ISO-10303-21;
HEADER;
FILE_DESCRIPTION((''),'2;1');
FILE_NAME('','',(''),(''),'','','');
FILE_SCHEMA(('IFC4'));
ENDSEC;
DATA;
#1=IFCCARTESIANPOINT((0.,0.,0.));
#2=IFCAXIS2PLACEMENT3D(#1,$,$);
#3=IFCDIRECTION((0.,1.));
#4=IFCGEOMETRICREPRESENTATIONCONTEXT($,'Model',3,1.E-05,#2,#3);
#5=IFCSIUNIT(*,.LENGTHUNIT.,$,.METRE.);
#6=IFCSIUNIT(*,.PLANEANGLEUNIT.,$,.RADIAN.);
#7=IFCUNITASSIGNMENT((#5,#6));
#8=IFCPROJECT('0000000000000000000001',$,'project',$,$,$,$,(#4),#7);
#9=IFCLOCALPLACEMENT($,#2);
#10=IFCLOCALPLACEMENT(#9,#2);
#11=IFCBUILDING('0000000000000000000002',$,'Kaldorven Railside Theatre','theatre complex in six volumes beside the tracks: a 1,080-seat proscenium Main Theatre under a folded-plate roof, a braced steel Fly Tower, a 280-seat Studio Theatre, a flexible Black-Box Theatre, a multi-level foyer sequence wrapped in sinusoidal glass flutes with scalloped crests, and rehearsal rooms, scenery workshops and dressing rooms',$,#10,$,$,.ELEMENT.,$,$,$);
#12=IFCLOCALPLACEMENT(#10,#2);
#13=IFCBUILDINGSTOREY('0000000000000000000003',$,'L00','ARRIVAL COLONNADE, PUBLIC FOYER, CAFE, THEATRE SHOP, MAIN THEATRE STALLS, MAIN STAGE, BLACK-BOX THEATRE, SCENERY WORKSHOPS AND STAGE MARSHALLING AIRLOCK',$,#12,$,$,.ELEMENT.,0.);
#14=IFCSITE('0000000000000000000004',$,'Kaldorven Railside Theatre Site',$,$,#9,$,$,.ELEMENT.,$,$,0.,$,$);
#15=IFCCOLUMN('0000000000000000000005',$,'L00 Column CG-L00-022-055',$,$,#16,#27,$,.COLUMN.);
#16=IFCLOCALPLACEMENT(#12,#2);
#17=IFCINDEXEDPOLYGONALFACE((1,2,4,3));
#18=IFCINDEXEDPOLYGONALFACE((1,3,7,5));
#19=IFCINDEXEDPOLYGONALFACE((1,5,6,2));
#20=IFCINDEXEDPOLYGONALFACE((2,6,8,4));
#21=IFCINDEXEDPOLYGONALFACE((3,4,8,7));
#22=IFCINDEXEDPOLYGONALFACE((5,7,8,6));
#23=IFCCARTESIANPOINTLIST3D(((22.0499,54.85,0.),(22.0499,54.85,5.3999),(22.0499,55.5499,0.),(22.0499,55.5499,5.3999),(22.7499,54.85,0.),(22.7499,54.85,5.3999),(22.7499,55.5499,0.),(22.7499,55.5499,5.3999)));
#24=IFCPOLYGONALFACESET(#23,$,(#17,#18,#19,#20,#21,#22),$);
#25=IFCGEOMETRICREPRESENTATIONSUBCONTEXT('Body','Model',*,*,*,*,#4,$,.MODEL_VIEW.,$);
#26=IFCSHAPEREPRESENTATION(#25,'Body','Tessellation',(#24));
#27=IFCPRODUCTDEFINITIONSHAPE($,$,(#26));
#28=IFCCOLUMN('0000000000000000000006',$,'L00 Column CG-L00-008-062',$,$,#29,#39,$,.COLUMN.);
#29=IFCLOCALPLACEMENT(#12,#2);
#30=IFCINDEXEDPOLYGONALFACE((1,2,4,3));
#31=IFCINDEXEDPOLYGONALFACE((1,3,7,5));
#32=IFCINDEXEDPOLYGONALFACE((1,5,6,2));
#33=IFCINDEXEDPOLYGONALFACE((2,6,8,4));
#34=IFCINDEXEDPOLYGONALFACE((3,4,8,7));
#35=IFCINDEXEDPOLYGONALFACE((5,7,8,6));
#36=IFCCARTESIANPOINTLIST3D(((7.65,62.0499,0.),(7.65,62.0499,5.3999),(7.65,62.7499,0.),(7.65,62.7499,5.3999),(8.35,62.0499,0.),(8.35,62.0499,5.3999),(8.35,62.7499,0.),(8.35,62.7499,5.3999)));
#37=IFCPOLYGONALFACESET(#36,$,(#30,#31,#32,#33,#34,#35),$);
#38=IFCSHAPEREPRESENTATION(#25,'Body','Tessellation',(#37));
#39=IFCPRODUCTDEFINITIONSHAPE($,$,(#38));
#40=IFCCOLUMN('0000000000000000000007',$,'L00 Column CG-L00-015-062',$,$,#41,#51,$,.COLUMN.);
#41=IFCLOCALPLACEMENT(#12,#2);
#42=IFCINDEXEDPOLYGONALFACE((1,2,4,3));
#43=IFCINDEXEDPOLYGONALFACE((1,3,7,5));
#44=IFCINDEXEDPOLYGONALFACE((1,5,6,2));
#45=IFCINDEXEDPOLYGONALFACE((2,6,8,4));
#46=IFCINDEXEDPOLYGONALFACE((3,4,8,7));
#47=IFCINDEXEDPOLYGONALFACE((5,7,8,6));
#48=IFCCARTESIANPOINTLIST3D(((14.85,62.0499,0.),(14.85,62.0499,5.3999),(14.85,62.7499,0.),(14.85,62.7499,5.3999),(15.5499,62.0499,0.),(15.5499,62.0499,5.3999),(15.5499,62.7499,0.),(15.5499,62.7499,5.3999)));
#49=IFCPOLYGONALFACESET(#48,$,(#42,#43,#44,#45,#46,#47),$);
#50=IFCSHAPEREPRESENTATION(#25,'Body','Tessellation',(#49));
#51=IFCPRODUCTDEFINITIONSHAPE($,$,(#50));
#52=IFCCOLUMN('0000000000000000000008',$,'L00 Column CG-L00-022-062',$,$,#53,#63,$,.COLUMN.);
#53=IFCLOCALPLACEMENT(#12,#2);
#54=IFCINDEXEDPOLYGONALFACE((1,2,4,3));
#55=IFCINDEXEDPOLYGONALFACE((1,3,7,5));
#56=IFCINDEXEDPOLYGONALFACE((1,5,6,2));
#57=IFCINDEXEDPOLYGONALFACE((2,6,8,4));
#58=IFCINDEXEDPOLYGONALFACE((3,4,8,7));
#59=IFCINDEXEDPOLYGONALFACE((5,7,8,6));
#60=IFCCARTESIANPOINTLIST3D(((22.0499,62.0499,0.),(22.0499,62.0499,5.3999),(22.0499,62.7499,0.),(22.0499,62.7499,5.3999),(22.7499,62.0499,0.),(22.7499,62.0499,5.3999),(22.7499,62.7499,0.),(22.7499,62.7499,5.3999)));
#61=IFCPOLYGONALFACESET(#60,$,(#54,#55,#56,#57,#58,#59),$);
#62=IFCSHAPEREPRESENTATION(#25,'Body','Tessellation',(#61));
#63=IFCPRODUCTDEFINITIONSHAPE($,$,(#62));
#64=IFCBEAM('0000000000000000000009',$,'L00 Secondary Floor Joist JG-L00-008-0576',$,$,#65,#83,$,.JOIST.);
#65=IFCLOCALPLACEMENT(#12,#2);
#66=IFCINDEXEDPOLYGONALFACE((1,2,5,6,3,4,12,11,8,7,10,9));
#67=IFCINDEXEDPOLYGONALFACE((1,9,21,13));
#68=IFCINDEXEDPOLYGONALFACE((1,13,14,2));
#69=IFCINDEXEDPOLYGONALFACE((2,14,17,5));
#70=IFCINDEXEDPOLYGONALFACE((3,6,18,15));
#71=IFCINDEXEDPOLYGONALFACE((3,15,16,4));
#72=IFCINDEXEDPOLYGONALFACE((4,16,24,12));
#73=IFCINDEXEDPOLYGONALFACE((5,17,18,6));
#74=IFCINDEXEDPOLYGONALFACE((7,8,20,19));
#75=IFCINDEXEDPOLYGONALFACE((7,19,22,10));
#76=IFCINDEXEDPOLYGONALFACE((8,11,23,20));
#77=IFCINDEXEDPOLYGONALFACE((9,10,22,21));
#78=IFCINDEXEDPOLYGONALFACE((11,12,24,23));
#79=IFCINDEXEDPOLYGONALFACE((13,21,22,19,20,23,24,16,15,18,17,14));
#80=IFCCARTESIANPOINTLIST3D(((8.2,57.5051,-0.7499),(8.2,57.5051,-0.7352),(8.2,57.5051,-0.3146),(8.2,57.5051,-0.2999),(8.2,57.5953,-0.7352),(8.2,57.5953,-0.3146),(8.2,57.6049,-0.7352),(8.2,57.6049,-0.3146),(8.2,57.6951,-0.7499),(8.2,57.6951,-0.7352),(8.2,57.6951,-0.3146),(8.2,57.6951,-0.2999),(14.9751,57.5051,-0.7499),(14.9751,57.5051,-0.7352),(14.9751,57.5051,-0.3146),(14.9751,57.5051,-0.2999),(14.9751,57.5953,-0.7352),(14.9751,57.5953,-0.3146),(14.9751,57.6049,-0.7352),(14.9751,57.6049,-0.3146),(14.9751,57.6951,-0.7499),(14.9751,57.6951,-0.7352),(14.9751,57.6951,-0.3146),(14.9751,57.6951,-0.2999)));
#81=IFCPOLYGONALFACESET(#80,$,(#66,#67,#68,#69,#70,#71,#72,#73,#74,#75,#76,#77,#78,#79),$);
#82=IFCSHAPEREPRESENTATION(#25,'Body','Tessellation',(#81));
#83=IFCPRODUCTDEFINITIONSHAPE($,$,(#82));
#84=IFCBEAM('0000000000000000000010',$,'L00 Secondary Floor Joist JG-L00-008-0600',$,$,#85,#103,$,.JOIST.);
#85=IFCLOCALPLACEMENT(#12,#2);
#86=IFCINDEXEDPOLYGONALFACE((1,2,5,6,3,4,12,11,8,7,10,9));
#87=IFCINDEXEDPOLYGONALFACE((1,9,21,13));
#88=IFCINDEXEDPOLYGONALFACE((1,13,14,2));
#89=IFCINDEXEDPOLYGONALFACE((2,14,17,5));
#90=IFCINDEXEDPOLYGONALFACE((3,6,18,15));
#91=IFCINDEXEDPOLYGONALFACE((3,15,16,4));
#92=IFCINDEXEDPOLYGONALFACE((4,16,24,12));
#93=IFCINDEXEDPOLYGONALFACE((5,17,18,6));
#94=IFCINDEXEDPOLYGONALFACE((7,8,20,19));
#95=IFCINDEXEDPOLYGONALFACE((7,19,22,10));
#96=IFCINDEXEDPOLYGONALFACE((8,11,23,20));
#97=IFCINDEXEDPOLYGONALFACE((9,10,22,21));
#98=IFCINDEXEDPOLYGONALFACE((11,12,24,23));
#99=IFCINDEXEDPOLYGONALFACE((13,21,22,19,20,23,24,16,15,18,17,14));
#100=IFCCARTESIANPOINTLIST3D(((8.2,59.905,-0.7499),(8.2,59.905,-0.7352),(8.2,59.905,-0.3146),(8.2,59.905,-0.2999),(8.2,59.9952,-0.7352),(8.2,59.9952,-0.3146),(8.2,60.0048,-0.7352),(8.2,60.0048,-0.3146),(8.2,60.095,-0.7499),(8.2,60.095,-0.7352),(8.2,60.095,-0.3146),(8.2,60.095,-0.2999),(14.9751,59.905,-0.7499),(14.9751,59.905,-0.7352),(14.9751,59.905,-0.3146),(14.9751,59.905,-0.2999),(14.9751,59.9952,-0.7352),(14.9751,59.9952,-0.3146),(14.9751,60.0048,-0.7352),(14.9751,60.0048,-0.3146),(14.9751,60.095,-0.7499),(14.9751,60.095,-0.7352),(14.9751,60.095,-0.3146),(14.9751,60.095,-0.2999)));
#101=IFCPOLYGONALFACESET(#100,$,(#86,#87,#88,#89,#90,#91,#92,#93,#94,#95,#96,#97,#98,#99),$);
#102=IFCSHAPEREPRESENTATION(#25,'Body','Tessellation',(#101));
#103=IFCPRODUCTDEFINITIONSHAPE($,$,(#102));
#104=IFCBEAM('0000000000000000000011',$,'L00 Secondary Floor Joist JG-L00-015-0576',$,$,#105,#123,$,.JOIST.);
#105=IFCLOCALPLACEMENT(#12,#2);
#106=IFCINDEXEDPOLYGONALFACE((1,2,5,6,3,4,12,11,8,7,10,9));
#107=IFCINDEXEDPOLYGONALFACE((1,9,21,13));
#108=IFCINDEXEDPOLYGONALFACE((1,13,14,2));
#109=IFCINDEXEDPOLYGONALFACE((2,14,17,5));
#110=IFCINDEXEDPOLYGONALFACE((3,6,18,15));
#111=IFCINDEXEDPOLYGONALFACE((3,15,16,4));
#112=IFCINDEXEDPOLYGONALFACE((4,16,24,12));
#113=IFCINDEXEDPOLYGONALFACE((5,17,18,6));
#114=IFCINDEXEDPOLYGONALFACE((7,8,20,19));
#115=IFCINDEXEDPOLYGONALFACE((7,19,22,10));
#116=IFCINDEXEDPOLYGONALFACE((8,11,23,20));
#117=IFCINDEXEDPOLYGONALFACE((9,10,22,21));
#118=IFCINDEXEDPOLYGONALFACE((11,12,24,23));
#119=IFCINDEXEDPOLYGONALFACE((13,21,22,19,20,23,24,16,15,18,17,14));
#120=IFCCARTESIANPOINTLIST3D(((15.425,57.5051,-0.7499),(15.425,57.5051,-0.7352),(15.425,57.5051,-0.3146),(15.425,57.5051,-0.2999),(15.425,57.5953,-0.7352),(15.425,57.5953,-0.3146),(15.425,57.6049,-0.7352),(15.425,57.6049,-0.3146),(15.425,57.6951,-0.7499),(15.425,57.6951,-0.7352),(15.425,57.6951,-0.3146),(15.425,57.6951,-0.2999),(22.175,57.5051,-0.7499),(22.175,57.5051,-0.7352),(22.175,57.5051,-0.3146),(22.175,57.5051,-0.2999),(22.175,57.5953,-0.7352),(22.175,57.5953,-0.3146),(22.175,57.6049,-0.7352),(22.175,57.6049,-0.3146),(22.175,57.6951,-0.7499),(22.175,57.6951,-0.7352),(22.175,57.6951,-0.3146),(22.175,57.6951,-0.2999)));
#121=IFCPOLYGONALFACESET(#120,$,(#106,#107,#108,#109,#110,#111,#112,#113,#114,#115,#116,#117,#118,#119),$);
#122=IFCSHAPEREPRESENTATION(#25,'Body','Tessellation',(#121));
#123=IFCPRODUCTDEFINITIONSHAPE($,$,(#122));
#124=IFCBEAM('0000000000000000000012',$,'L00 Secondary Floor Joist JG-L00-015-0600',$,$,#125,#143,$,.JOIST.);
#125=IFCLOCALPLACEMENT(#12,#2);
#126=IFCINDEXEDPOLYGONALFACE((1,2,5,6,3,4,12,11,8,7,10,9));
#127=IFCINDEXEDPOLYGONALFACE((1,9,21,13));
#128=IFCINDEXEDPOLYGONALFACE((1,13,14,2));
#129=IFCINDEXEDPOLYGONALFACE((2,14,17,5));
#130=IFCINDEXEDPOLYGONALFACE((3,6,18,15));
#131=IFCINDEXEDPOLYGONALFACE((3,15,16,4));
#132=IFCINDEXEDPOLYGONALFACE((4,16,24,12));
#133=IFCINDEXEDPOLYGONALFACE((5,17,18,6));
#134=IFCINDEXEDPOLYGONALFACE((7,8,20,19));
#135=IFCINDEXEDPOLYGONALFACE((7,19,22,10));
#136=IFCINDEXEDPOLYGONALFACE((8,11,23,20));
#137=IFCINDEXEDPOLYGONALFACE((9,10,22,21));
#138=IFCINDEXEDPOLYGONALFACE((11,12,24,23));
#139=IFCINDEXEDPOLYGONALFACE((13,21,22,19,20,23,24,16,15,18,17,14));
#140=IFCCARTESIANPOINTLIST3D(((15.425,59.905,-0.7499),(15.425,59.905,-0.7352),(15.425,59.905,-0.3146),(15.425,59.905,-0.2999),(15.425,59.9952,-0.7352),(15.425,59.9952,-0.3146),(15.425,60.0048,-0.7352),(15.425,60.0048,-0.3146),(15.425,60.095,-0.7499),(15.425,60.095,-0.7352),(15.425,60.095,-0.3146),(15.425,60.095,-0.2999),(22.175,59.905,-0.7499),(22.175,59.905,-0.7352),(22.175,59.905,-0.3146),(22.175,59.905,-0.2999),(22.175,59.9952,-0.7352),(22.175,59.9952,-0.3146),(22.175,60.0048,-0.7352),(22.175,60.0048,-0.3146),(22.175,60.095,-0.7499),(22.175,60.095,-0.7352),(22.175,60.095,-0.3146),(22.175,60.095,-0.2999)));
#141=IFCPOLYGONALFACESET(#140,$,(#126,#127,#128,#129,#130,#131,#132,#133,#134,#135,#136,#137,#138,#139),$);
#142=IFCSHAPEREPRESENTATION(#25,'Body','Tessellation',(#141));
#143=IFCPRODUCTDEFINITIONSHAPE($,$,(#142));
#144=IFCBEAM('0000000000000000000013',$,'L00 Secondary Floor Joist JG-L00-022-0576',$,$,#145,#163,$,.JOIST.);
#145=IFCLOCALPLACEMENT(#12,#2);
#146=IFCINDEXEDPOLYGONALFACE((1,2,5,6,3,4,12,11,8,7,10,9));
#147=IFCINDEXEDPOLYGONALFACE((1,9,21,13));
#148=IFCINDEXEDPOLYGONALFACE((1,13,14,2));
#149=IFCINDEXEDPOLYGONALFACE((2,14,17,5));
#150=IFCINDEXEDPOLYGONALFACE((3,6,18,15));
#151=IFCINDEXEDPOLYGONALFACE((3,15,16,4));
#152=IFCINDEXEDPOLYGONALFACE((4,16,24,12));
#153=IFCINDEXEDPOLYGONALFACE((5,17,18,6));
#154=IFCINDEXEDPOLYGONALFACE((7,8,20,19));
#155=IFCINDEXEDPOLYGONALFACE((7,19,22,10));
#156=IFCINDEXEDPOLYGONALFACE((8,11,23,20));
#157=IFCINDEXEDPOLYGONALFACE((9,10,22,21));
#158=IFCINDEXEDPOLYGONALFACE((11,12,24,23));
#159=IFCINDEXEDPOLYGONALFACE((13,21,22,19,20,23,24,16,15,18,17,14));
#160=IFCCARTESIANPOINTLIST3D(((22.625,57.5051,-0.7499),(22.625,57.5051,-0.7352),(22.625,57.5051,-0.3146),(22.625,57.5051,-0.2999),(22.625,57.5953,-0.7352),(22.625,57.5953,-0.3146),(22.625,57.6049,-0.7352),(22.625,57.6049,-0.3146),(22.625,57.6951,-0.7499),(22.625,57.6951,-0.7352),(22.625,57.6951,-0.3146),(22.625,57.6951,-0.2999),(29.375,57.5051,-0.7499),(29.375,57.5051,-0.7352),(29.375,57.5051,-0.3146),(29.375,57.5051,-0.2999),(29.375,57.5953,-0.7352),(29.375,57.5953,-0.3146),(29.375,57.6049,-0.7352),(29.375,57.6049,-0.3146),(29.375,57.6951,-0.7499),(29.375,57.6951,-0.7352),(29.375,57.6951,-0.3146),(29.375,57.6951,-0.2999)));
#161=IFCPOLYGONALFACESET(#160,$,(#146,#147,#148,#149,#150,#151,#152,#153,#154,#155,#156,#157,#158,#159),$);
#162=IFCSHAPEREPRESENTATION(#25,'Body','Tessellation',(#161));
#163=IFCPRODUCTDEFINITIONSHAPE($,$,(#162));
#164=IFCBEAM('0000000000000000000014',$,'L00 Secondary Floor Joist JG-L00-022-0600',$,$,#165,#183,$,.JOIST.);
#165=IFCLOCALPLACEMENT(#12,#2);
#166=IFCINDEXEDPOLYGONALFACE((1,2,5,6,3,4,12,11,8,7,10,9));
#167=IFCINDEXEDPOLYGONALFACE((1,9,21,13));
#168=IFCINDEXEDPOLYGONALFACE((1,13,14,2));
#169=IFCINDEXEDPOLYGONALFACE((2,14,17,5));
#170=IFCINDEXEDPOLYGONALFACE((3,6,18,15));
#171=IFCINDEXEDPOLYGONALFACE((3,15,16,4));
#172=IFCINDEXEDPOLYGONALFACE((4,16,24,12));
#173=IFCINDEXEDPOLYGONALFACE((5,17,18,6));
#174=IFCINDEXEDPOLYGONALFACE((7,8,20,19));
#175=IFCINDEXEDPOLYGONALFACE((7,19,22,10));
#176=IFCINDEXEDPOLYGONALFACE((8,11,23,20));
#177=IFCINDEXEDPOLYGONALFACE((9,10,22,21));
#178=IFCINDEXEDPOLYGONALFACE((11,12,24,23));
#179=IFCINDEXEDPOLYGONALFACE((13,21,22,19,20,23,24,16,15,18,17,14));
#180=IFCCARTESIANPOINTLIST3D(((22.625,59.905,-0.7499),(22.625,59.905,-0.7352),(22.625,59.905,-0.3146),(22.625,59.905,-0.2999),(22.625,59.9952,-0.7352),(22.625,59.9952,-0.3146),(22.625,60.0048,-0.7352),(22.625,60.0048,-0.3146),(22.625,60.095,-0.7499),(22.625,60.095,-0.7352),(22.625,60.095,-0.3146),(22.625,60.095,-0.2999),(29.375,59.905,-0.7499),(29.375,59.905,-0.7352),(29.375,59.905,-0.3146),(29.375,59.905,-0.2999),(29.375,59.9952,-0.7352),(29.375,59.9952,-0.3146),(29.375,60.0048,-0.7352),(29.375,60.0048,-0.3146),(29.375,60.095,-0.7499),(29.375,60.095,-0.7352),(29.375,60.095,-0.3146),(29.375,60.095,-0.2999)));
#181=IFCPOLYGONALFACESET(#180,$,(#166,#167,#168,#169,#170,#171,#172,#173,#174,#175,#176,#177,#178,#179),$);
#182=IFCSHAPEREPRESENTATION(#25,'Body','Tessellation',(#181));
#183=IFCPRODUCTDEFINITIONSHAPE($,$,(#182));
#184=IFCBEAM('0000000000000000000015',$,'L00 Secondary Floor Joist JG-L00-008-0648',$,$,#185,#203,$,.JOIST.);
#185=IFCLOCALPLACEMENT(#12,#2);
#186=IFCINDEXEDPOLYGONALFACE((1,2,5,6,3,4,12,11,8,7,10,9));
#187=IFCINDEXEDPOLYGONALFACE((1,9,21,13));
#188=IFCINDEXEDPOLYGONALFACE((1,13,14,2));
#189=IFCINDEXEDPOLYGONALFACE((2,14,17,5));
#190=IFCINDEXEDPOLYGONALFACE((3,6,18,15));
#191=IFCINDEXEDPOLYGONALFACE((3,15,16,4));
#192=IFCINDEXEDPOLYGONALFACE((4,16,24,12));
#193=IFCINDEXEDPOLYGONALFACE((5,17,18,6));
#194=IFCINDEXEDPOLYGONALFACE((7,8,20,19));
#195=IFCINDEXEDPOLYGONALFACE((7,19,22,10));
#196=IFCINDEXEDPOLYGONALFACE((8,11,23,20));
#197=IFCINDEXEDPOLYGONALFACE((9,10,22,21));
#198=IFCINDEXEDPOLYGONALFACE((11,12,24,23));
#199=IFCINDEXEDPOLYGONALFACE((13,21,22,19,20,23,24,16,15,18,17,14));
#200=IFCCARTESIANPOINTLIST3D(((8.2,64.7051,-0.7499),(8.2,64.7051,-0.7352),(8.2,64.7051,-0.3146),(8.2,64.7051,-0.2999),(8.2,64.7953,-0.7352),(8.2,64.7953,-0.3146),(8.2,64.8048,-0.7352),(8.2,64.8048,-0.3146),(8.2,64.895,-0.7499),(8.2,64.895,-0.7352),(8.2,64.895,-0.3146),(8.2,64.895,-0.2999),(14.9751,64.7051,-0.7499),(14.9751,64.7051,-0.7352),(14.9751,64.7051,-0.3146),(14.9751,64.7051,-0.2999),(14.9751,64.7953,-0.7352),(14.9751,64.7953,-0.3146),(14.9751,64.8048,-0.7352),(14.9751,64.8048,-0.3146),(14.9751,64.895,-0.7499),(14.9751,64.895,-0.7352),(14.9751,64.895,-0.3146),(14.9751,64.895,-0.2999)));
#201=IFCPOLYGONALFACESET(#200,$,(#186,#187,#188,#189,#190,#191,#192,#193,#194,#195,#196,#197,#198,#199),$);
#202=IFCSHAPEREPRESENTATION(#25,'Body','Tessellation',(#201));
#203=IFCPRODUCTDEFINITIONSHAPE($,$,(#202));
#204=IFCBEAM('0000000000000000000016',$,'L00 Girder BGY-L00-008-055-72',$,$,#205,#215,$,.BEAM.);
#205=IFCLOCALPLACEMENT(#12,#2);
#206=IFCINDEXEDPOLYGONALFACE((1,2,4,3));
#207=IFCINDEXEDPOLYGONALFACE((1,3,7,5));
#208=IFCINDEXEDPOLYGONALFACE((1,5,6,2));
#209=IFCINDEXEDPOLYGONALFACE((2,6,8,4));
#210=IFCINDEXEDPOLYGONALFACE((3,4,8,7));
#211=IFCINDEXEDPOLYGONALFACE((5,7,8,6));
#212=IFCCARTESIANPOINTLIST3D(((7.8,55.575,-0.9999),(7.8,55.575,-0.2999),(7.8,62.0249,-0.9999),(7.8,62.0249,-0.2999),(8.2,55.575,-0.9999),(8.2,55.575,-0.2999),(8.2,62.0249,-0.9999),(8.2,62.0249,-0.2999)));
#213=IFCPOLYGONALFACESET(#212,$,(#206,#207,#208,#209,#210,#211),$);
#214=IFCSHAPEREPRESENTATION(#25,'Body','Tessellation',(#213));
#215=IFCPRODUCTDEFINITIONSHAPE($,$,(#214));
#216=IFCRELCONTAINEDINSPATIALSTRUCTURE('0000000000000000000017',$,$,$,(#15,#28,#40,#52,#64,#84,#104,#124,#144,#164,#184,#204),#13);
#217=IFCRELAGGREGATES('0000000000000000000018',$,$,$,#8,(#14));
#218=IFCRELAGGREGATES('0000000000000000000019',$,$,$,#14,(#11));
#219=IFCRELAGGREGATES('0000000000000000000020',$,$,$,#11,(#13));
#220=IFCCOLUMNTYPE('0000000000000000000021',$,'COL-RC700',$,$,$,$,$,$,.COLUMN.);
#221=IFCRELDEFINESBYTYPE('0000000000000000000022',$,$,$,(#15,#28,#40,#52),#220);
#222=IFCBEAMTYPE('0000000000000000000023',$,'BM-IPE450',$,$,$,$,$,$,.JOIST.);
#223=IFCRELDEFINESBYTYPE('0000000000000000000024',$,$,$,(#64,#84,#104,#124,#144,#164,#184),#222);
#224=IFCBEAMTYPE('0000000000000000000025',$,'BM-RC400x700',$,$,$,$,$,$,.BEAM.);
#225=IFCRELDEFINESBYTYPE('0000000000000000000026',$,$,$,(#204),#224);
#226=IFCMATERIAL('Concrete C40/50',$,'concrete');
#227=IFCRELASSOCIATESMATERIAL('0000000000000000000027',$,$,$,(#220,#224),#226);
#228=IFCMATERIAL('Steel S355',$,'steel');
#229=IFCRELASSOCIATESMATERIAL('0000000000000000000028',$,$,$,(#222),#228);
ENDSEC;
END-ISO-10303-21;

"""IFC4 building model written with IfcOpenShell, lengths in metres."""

from ifc_helpers import new_model, si_unit, direction, frame, origin, origin_2d, place, context, subcontext, project, spatial, rectangle, i_section, extrude, material, material_profile, profile_set, type_object, element, save


model = new_model("IFC4")

# Units and contexts
model_context = context("Model", 3, precision=1e-05, world=origin(), true_north=direction((0.0, 1.0)))
body_context = subcontext(model_context, "Body", "Model", "MODEL_VIEW")
ifc_project = project(units=[si_unit("LENGTHUNIT", "METRE"), si_unit("PLANEANGLEUNIT", "RADIAN")], contexts=[model_context])

# Site, building, storey
site_placement = place(None, origin())
site = spatial("IfcSite", under=ifc_project, at=site_placement, Name="Kaldorven Railside Theatre Site", CompositionType="ELEMENT", RefElevation=0.0)
building_placement = place(site_placement, origin())
building = spatial("IfcBuilding", under=site, at=building_placement, Name="Kaldorven Railside Theatre", Description="theatre complex in six volumes beside the tracks: a 1,080-seat proscenium Main Theatre under a folded-plate roof, a braced steel Fly Tower, a 280-seat Studio Theatre, a flexible Black-Box Theatre, a multi-level foyer sequence wrapped in sinusoidal glass flutes with scalloped crests, and rehearsal rooms, scenery workshops and dressing rooms", CompositionType="ELEMENT")
storey_placement = place(building_placement, origin())
storey = spatial("IfcBuildingStorey", under=building, at=storey_placement, Name="L00", Description="ARRIVAL COLONNADE, PUBLIC FOYER, CAFE, THEATRE SHOP, MAIN THEATRE STALLS, MAIN STAGE, BLACK-BOX THEATRE, SCENERY WORKSHOPS AND STAGE MARSHALLING AIRLOCK", CompositionType="ELEMENT", Elevation=0.0)

# Columns
ifc_material_1 = material(Name="Concrete C40/50", Category="concrete")
ifc_material_profile_1 = material_profile(ifc_material_1, rectangle(XDim=0.7, YDim=0.7, at=origin_2d()), Name="RC 700x700")
ifc_profile_set_1 = profile_set([ifc_material_profile_1], Name="Concrete C40/50")
column_type = type_object("IfcColumnType", Name="COL-RC700", PredefinedType="COLUMN", material=ifc_profile_set_1)
for number, where, z_axis, x_axis, name in (
    (1, (22.3999, 55.2, 0.0), (0.0, 0.0, 1.0), (0.0, 1.0, 0.0), "L00 Column CG-L00-022-055"),
    (2, (8.0, 62.3999, 0.0), (0.0, 0.0, 1.0), (1.0, 0.0, 0.0), "L00 Column CG-L00-008-062"),
    (3, (15.2, 62.3999, 0.0), (0.0, 0.0, 1.0), (0.0, 1.0, 0.0), "L00 Column CG-L00-015-062"),
    (4, (22.3999, 62.3999, 0.0), (0.0, 0.0, 1.0), (1.0, 0.0, 0.0), "L00 Column CG-L00-022-062"),
):
    element("IfcColumn", number, at=place(storey_placement, frame(where, z_axis=z_axis, x_axis=x_axis)), inside=storey, type_object=column_type, Name=name, PredefinedType="COLUMN", context=body_context, shape_type="SweptSolid", body=[
        extrude(rectangle(XDim=0.7, YDim=0.7, at=origin_2d()), origin(), (0.0, 0.0, 1.0), 5.3999),
    ])

# Beams
ifc_material_2 = material(Name="Steel S355", Category="steel")
ifc_material_profile_2 = material_profile(ifc_material_2, i_section(OverallWidth=0.1899, OverallDepth=0.45, WebThickness=0.0095, FlangeThickness=0.0146, at=origin_2d()), Name="IPE 450")
ifc_profile_set_2 = profile_set([ifc_material_profile_2], Name="Steel S355")
beam_type_1 = type_object("IfcBeamType", Name="BM-IPE450", PredefinedType="JOIST", material=ifc_profile_set_2)
for number, where, z_axis, x_axis, name in (
    (5, (8.2, 57.6001, -0.5249), (1.0, 0.0, 0.0), (0.0, 1.0, 0.0), "L00 Secondary Floor Joist JG-L00-008-0576"),
    (6, (8.2, 60.0, -0.5249), (1.0, 0.0, 0.0), (0.0, 1.0, 0.0), "L00 Secondary Floor Joist JG-L00-008-0600"),
):
    element("IfcBeam", number, at=place(storey_placement, frame(where, z_axis=z_axis, x_axis=x_axis)), inside=storey, type_object=beam_type_1, Name=name, PredefinedType="JOIST", context=body_context, shape_type="SweptSolid", body=[
        extrude(i_section(OverallWidth=0.1899, OverallDepth=0.45, WebThickness=0.0095, FlangeThickness=0.0146, at=origin_2d()), origin(), (0.0, 0.0, 1.0), 6.7751),
    ])
for number, where, z_axis, x_axis, name in (
    (7, (15.425, 57.6001, -0.5249), (1.0, 0.0, 0.0), (0.0, 1.0, 0.0), "L00 Secondary Floor Joist JG-L00-015-0576"),
    (8, (15.425, 60.0, -0.5249), (1.0, 0.0, 0.0), (0.0, 1.0, 0.0), "L00 Secondary Floor Joist JG-L00-015-0600"),
    (9, (22.625, 57.6001, -0.5249), (1.0, 0.0, 0.0), (0.0, 1.0, 0.0), "L00 Secondary Floor Joist JG-L00-022-0576"),
    (10, (22.625, 60.0, -0.5249), (1.0, 0.0, 0.0), (0.0, 1.0, 0.0), "L00 Secondary Floor Joist JG-L00-022-0600"),
):
    element("IfcBeam", number, at=place(storey_placement, frame(where, z_axis=z_axis, x_axis=x_axis)), inside=storey, type_object=beam_type_1, Name=name, PredefinedType="JOIST", context=body_context, shape_type="SweptSolid", body=[
        extrude(i_section(OverallWidth=0.1899, OverallDepth=0.45, WebThickness=0.0095, FlangeThickness=0.0146, at=origin_2d()), origin(), (0.0, 0.0, 1.0), 6.75),
    ])
beam_1_placement = place(storey_placement, frame((8.2, 64.8, -0.5249), z_axis=(1.0, 0.0, 0.0), x_axis=(0.0, 1.0, 0.0)))
element("IfcBeam", 11, at=beam_1_placement, inside=storey, type_object=beam_type_1, Name="L00 Secondary Floor Joist JG-L00-008-0648", PredefinedType="JOIST", context=body_context, shape_type="SweptSolid", body=[
    extrude(i_section(OverallWidth=0.1899, OverallDepth=0.45, WebThickness=0.0095, FlangeThickness=0.0146, at=origin_2d()), origin(), (0.0, 0.0, 1.0), 6.7751),
])
ifc_material_profile_3 = material_profile(ifc_material_1, rectangle(XDim=0.3999, YDim=0.7, at=origin_2d()), Name="RC 400x700")
ifc_profile_set_3 = profile_set([ifc_material_profile_3], Name="Concrete C40/50")
beam_type_2 = type_object("IfcBeamType", Name="BM-RC400x700", PredefinedType="BEAM", material=ifc_profile_set_3)
beam_2_placement = place(storey_placement, frame((8.0, 55.575, -0.6499), z_axis=(0.0, 1.0, 0.0), x_axis=(-1.0, 0.0, 0.0)))
element("IfcBeam", 12, at=beam_2_placement, inside=storey, type_object=beam_type_2, Name="L00 Girder BGY-L00-008-055-72", PredefinedType="BEAM", context=body_context, shape_type="SweptSolid", body=[
    extrude(rectangle(XDim=0.3999, YDim=0.7, at=origin_2d()), origin(), (0.0, 0.0, 1.0), 6.45),
])

save(model, "model.ifc")
